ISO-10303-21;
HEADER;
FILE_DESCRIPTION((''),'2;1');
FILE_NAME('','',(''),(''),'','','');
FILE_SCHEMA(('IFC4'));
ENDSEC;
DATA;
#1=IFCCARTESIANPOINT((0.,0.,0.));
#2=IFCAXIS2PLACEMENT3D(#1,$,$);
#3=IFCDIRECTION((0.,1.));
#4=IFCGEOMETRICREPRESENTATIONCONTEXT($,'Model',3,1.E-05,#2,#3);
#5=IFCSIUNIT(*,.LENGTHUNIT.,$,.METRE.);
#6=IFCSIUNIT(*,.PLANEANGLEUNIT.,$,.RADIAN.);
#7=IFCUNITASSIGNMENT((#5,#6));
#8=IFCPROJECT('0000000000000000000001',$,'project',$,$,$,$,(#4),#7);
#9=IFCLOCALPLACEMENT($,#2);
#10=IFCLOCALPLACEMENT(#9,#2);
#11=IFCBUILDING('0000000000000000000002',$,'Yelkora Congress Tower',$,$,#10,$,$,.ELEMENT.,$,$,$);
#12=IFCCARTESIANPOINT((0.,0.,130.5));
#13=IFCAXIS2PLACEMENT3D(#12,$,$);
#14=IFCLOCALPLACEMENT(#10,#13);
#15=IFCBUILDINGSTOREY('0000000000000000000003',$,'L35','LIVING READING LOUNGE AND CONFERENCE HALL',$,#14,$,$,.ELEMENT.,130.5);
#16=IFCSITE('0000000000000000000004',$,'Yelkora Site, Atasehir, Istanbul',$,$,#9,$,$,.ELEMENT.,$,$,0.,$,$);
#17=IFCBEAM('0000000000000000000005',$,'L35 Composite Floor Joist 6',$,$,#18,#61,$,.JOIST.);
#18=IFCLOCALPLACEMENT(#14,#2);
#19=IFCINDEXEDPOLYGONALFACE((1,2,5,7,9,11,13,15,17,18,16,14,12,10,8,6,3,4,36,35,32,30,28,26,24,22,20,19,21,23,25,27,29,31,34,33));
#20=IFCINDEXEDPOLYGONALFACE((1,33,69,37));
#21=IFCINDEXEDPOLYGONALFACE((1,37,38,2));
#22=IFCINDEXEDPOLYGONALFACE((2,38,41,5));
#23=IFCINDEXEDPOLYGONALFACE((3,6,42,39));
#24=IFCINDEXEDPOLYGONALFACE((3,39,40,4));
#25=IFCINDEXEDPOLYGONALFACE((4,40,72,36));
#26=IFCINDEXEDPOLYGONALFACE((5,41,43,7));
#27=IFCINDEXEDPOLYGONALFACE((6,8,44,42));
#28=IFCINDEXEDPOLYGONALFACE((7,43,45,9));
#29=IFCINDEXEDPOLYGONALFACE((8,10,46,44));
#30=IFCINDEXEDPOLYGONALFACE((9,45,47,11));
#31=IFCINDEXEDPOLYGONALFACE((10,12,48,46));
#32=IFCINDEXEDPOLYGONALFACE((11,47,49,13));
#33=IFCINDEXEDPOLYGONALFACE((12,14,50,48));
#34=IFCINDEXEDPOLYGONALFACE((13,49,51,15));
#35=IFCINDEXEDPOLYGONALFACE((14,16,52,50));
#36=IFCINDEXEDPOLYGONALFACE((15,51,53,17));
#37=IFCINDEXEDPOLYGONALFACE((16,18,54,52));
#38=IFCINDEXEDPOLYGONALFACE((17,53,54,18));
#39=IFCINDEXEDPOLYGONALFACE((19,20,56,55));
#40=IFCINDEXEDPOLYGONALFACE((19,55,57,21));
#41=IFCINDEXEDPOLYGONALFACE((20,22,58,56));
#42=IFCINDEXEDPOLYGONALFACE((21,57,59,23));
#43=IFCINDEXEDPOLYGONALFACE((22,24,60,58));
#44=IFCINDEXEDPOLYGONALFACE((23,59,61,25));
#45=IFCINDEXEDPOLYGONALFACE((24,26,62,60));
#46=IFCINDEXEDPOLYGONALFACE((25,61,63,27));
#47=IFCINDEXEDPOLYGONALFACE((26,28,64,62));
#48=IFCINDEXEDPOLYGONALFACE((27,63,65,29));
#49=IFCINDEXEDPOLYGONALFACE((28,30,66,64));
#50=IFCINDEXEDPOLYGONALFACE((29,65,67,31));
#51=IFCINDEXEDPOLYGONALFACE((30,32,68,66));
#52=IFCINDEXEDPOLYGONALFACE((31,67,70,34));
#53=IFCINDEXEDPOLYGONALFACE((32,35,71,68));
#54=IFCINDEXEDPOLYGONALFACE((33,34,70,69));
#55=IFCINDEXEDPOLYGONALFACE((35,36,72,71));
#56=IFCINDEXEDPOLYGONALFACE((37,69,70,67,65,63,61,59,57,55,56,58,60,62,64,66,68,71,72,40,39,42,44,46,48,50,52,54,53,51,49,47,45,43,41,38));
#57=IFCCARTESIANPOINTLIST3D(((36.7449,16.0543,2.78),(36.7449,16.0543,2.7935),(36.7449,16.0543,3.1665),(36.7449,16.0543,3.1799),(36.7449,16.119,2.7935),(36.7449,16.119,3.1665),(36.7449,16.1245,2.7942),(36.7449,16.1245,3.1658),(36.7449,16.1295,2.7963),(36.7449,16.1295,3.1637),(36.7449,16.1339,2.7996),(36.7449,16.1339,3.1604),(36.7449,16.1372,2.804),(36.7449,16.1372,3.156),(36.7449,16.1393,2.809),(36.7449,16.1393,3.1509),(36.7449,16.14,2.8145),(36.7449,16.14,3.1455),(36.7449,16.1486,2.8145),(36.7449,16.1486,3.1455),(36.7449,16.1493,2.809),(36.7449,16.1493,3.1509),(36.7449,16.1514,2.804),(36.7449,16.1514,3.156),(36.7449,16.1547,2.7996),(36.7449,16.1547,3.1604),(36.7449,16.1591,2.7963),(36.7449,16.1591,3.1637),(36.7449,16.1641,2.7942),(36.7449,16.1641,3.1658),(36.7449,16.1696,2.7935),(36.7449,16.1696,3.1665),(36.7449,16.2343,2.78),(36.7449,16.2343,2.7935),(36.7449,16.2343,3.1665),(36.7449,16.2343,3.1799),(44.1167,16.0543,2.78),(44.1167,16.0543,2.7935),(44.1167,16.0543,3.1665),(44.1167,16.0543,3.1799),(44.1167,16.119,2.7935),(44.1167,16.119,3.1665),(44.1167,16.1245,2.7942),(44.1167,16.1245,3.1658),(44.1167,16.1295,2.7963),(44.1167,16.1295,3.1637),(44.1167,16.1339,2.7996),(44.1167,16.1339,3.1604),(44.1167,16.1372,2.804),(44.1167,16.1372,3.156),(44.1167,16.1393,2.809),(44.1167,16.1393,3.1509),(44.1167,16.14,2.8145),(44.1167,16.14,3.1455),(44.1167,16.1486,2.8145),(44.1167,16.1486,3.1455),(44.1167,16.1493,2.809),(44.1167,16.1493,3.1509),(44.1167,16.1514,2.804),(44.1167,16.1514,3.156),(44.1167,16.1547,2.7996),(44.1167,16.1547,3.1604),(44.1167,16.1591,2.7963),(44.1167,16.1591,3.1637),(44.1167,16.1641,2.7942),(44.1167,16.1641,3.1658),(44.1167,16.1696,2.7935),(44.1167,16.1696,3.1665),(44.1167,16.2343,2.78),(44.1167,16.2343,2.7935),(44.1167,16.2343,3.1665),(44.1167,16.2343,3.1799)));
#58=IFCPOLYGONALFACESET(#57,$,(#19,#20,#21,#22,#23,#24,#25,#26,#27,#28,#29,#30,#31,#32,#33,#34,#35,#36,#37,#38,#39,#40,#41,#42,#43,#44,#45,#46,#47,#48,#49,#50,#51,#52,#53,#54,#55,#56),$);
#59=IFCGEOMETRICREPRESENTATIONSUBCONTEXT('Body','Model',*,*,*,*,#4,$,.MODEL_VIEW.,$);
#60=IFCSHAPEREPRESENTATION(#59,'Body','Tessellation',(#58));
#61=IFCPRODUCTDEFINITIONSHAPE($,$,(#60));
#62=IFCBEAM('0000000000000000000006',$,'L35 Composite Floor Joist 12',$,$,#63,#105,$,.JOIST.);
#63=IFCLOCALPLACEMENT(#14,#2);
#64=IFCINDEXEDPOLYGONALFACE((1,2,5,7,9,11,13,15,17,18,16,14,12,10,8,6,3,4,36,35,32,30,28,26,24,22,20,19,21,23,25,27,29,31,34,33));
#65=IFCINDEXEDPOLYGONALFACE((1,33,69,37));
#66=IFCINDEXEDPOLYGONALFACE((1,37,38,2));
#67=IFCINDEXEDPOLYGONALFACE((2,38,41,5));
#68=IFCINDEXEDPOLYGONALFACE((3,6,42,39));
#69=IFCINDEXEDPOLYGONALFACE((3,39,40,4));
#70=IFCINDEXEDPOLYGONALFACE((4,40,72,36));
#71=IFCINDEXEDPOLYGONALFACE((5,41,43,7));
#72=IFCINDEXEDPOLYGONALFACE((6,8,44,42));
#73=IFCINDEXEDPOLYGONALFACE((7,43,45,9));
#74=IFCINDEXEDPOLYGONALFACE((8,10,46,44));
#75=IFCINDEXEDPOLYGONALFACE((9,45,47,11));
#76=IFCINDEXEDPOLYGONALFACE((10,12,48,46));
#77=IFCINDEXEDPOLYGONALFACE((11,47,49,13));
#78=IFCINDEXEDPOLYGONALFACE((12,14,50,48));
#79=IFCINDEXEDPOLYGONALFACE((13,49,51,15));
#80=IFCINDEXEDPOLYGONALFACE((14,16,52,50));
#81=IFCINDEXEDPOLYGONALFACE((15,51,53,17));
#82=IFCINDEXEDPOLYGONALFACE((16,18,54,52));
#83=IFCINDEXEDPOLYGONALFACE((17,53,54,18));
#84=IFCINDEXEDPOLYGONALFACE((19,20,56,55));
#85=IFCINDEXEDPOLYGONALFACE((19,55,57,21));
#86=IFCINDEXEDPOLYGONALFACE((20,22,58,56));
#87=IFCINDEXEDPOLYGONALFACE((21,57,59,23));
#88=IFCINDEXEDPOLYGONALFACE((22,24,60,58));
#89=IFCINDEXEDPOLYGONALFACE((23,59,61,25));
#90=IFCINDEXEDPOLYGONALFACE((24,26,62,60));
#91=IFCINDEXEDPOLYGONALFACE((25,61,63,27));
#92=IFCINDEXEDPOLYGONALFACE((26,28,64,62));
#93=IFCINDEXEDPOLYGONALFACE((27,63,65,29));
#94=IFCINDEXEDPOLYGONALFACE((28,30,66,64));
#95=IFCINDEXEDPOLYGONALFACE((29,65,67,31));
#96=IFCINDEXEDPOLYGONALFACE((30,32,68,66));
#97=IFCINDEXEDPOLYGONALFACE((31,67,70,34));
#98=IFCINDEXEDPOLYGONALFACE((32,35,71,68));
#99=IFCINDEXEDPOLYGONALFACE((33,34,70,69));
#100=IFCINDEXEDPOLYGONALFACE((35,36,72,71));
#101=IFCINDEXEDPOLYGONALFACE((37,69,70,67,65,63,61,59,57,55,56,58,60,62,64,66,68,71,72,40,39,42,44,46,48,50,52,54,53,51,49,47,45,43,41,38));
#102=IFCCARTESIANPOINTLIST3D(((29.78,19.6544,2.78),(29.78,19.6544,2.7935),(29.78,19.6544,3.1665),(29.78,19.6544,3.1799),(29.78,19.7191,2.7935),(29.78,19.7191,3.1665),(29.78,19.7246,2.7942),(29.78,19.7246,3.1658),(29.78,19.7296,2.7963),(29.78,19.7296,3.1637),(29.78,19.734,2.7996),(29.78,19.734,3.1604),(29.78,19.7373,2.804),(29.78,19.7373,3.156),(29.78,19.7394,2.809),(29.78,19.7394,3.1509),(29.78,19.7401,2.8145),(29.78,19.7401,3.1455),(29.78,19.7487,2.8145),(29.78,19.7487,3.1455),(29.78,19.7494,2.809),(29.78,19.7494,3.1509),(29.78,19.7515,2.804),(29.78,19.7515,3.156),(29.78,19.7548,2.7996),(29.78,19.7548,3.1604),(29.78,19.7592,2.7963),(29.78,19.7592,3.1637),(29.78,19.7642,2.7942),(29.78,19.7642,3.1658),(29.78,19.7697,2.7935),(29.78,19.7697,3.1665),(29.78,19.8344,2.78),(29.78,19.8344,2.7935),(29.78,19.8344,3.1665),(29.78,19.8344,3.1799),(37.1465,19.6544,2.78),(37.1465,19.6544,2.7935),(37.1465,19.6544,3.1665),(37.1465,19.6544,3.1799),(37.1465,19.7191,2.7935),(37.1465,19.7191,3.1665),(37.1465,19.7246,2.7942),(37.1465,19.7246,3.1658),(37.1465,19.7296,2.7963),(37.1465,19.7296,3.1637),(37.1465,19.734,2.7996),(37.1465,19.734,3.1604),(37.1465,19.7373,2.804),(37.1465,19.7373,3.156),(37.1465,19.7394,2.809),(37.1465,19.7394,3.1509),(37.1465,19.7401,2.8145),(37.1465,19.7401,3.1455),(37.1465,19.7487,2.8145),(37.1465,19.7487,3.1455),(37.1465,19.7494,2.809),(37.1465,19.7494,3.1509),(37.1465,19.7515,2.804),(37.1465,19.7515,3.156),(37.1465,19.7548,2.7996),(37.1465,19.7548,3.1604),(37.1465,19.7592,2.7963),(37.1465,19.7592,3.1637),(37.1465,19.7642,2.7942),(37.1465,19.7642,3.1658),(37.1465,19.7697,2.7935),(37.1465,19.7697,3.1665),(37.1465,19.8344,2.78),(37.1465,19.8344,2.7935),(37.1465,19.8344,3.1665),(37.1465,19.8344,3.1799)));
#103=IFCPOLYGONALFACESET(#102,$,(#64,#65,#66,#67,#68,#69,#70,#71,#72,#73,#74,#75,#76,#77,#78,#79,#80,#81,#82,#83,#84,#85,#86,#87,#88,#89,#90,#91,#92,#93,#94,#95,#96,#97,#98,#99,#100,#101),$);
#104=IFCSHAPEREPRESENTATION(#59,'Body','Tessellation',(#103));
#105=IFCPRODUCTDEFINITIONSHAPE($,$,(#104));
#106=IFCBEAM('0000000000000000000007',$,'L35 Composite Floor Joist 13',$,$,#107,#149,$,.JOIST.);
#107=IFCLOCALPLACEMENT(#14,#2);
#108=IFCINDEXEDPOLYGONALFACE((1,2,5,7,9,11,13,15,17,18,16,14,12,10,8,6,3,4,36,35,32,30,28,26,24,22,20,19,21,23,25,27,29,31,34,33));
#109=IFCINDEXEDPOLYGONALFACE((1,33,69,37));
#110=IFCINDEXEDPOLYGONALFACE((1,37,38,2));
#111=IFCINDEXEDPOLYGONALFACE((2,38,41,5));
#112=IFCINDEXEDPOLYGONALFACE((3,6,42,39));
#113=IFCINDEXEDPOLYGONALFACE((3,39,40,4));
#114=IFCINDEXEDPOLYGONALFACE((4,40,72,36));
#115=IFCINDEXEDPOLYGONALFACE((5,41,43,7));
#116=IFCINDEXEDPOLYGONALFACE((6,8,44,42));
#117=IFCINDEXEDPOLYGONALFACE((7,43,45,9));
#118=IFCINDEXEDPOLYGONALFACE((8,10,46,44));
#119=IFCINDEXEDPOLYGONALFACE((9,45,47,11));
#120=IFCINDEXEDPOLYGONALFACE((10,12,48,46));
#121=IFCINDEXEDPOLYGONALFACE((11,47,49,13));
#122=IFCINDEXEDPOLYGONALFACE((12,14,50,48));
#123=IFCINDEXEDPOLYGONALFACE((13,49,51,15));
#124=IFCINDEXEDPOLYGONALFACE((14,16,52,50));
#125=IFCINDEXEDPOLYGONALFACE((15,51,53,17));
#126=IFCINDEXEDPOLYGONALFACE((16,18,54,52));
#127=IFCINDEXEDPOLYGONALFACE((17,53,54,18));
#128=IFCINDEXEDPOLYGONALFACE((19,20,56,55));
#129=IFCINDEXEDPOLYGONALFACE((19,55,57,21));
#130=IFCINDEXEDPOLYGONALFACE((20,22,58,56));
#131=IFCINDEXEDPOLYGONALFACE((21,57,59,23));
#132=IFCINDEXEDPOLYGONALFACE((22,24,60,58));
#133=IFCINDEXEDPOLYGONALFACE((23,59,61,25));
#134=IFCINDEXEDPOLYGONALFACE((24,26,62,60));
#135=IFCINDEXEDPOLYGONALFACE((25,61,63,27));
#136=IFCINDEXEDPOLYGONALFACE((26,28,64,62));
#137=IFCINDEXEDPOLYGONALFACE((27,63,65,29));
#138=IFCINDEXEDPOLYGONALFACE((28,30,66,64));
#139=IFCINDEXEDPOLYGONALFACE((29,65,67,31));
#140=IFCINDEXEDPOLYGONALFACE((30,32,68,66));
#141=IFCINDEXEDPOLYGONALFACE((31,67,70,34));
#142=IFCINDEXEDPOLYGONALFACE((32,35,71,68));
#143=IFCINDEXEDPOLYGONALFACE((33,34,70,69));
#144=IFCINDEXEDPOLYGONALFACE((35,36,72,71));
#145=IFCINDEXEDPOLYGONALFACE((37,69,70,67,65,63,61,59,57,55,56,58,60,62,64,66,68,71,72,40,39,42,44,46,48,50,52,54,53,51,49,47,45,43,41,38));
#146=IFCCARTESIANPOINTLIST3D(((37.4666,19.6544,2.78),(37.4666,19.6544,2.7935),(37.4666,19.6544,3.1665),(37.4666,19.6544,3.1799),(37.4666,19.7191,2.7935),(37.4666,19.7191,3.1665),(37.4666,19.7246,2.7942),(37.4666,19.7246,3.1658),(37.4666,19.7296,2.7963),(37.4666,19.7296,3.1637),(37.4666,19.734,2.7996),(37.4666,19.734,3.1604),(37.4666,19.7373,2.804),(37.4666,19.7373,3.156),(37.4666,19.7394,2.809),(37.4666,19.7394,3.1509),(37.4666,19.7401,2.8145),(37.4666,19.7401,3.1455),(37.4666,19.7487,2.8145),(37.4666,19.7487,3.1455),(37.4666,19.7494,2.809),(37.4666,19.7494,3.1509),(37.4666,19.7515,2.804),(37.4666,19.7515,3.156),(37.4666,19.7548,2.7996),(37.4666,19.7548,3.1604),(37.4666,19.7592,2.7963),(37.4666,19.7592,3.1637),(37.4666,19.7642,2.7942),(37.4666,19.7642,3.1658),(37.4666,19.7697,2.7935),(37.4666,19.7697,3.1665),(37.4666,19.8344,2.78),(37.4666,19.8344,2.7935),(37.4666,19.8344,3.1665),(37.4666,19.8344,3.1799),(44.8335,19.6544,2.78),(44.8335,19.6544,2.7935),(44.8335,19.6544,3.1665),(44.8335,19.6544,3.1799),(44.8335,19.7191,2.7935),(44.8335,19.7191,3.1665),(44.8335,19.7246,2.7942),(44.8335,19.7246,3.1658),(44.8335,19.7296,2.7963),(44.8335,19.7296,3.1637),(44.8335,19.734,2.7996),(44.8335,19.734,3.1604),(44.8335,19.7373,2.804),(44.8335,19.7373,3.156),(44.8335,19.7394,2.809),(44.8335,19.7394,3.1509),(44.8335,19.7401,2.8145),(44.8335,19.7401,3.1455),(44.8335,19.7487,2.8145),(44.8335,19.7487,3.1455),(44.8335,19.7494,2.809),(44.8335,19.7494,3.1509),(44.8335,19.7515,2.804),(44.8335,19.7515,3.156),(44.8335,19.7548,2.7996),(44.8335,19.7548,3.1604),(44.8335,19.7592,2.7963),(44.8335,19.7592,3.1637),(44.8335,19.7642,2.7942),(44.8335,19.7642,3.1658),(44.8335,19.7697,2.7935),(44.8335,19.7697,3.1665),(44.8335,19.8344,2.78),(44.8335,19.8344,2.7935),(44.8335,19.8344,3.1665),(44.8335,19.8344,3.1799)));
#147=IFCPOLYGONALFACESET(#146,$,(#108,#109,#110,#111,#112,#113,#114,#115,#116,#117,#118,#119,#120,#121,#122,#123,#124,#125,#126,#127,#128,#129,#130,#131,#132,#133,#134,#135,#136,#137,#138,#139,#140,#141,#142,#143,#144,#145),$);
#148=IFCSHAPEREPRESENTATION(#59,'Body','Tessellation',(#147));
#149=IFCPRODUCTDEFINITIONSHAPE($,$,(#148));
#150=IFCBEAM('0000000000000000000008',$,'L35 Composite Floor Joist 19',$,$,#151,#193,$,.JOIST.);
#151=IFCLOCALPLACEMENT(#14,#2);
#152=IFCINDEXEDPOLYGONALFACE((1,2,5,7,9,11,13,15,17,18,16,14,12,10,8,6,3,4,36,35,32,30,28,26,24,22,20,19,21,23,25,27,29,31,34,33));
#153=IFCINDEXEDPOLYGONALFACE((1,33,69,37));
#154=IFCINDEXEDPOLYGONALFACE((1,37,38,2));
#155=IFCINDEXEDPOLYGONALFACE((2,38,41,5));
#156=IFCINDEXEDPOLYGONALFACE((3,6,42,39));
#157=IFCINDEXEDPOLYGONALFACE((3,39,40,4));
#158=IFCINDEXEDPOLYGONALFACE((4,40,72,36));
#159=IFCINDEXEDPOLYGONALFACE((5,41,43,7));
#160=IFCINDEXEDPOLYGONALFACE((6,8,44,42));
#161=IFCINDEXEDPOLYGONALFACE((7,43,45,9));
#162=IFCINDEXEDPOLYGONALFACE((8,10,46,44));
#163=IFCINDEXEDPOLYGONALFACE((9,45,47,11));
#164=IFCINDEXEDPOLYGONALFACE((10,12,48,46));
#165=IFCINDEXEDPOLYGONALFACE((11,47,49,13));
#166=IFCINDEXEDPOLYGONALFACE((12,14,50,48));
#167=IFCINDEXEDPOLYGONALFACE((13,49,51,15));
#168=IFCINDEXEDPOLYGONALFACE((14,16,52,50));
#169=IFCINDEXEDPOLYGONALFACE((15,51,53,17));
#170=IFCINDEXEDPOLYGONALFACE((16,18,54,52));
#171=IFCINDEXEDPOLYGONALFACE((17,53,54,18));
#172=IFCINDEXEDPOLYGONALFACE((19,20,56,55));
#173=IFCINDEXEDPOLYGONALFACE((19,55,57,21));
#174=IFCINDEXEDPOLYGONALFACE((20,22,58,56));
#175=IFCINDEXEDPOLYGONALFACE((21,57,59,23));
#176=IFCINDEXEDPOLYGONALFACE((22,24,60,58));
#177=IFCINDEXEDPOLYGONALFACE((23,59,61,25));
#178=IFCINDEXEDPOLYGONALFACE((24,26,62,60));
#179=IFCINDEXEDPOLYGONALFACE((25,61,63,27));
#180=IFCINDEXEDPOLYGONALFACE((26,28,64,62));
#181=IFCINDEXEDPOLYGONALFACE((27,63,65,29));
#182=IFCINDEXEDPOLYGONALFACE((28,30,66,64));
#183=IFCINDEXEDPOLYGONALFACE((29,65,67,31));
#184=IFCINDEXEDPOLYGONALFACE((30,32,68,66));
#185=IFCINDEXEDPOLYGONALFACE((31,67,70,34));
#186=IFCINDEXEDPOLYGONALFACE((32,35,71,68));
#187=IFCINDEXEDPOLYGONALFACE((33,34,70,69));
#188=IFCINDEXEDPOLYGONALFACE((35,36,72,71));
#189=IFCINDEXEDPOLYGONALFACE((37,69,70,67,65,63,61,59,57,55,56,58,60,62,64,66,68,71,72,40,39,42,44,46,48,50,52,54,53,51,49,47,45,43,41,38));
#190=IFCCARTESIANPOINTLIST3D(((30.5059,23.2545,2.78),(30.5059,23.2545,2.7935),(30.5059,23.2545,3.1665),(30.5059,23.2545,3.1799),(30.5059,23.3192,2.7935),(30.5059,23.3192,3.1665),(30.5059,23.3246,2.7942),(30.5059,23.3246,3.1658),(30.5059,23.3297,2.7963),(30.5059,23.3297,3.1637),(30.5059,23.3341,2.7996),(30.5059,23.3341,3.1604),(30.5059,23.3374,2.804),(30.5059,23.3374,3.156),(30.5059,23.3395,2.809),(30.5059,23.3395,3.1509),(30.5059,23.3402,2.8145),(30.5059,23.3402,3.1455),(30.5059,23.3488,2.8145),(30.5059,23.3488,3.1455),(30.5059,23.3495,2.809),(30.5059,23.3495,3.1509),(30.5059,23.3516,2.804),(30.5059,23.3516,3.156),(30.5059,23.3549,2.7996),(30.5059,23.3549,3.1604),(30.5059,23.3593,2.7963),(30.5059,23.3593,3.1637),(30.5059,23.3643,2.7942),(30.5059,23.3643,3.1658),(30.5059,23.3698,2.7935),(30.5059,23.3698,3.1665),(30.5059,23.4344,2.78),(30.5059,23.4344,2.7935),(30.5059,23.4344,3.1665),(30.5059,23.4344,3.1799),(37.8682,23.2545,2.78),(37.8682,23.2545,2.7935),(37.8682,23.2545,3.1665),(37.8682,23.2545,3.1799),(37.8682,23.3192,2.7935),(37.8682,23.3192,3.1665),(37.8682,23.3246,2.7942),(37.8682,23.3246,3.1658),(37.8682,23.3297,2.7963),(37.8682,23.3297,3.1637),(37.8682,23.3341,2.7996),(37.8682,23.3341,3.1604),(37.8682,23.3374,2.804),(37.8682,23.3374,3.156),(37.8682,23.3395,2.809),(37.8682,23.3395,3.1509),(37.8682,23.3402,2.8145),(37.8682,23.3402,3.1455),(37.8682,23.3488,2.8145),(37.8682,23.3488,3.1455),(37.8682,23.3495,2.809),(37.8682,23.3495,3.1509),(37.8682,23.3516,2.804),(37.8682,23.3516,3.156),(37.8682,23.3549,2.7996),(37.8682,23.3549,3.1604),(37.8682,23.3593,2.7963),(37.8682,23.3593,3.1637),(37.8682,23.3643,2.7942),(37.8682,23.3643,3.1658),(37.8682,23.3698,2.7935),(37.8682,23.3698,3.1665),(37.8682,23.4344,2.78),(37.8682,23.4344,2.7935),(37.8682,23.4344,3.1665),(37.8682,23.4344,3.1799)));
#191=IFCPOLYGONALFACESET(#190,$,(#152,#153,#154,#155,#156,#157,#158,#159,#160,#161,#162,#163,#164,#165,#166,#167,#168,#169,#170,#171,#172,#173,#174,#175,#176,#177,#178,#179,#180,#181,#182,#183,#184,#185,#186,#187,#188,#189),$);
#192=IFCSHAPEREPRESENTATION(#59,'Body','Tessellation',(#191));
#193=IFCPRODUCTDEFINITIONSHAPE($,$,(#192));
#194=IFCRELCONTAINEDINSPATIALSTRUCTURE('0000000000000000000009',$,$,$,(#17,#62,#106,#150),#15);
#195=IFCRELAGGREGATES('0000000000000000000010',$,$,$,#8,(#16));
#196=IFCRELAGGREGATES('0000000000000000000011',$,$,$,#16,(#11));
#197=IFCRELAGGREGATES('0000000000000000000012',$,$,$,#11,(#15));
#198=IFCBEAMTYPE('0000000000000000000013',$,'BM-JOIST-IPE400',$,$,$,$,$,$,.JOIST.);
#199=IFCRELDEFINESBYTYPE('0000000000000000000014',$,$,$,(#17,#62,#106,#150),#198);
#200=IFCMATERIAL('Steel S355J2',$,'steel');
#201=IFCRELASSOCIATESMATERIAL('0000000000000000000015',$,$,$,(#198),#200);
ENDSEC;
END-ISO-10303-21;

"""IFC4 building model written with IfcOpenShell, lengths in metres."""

from ifc_helpers import new_model, si_unit, direction, frame, origin, origin_2d, place, context, subcontext, project, spatial, i_section, extrude, material, material_profile, profile_set, type_object, element, save


model = new_model("IFC4")

# Units and contexts
model_context = context("Model", 3, precision=1e-05, world=origin(), true_north=direction((0.0, 1.0)))
body_context = subcontext(model_context, "Body", "Model", "MODEL_VIEW")
ifc_project = project(units=[si_unit("LENGTHUNIT", "METRE"), si_unit("PLANEANGLEUNIT", "RADIAN")], contexts=[model_context])

# Site, building, storey
site_placement = place(None, origin())
site = spatial("IfcSite", under=ifc_project, at=site_placement, Name="Yelkora Site, Atasehir, Istanbul", CompositionType="ELEMENT", RefElevation=0.0)
building_placement = place(site_placement, origin())
building = spatial("IfcBuilding", under=site, at=building_placement, Name="Yelkora Congress Tower", CompositionType="ELEMENT")
storey_placement = place(building_placement, frame((0.0, 0.0, 130.5)))
storey = spatial("IfcBuildingStorey", under=building, at=storey_placement, Name="L35", Description="LIVING READING LOUNGE AND CONFERENCE HALL", CompositionType="ELEMENT", Elevation=130.5)

# Beams
ifc_material_1 = material(Name="Steel S355J2", Category="steel")
ifc_material_profile_1 = material_profile(ifc_material_1, i_section(OverallWidth=0.1799, OverallDepth=0.3999, WebThickness=0.0085, FlangeThickness=0.0134, FilletRadius=0.021, at=origin_2d()), Name="IPE 400")
ifc_profile_set_1 = profile_set([ifc_material_profile_1], Name="Steel S355J2")
beam_type_1 = type_object("IfcBeamType", Name="BM-JOIST-IPE400", PredefinedType="JOIST", material=ifc_profile_set_1)
beam_1_placement = place(storey_placement, frame((36.7449, 16.1443, 2.98), z_axis=(1.0, 0.0, 0.0), x_axis=(0.0, 1.0, 0.0)))
element("IfcBeam", 1, at=beam_1_placement, inside=storey, type_object=beam_type_1, Name="L35 Composite Floor Joist 6", PredefinedType="JOIST", context=body_context, shape_type="SweptSolid", body=[
    extrude(i_section(OverallWidth=0.1799, OverallDepth=0.3999, WebThickness=0.0085, FlangeThickness=0.0134, FilletRadius=0.021, at=origin_2d()), origin(), (0.0, 0.0, 1.0), 7.3718),
])
beam_2_placement = place(storey_placement, frame((29.78, 19.7444, 2.98), z_axis=(1.0, 0.0, 0.0), x_axis=(0.0, 1.0, 0.0)))
element("IfcBeam", 2, at=beam_2_placement, inside=storey, type_object=beam_type_1, Name="L35 Composite Floor Joist 12", PredefinedType="JOIST", context=body_context, shape_type="SweptSolid", body=[
    extrude(i_section(OverallWidth=0.1799, OverallDepth=0.3999, WebThickness=0.0085, FlangeThickness=0.0134, FilletRadius=0.021, at=origin_2d()), origin(), (0.0, 0.0, 1.0), 7.3665),
])
beam_3_placement = place(storey_placement, frame((37.4666, 19.7444, 2.98), z_axis=(1.0, 0.0, 0.0), x_axis=(0.0, 1.0, 0.0)))
element("IfcBeam", 3, at=beam_3_placement, inside=storey, type_object=beam_type_1, Name="L35 Composite Floor Joist 13", PredefinedType="JOIST", context=body_context, shape_type="SweptSolid", body=[
    extrude(i_section(OverallWidth=0.1799, OverallDepth=0.3999, WebThickness=0.0085, FlangeThickness=0.0134, FilletRadius=0.021, at=origin_2d()), origin(), (0.0, 0.0, 1.0), 7.3669),
])
beam_4_placement = place(storey_placement, frame((30.5059, 23.3445, 2.98), z_axis=(1.0, 0.0, 0.0), x_axis=(0.0, 1.0, 0.0)))
element("IfcBeam", 4, at=beam_4_placement, inside=storey, type_object=beam_type_1, Name="L35 Composite Floor Joist 19", PredefinedType="JOIST", context=body_context, shape_type="SweptSolid", body=[
    extrude(i_section(OverallWidth=0.1799, OverallDepth=0.3999, WebThickness=0.0085, FlangeThickness=0.0134, FilletRadius=0.021, at=origin_2d()), origin(), (0.0, 0.0, 1.0), 7.3623),
])

save(model, "model.ifc")
